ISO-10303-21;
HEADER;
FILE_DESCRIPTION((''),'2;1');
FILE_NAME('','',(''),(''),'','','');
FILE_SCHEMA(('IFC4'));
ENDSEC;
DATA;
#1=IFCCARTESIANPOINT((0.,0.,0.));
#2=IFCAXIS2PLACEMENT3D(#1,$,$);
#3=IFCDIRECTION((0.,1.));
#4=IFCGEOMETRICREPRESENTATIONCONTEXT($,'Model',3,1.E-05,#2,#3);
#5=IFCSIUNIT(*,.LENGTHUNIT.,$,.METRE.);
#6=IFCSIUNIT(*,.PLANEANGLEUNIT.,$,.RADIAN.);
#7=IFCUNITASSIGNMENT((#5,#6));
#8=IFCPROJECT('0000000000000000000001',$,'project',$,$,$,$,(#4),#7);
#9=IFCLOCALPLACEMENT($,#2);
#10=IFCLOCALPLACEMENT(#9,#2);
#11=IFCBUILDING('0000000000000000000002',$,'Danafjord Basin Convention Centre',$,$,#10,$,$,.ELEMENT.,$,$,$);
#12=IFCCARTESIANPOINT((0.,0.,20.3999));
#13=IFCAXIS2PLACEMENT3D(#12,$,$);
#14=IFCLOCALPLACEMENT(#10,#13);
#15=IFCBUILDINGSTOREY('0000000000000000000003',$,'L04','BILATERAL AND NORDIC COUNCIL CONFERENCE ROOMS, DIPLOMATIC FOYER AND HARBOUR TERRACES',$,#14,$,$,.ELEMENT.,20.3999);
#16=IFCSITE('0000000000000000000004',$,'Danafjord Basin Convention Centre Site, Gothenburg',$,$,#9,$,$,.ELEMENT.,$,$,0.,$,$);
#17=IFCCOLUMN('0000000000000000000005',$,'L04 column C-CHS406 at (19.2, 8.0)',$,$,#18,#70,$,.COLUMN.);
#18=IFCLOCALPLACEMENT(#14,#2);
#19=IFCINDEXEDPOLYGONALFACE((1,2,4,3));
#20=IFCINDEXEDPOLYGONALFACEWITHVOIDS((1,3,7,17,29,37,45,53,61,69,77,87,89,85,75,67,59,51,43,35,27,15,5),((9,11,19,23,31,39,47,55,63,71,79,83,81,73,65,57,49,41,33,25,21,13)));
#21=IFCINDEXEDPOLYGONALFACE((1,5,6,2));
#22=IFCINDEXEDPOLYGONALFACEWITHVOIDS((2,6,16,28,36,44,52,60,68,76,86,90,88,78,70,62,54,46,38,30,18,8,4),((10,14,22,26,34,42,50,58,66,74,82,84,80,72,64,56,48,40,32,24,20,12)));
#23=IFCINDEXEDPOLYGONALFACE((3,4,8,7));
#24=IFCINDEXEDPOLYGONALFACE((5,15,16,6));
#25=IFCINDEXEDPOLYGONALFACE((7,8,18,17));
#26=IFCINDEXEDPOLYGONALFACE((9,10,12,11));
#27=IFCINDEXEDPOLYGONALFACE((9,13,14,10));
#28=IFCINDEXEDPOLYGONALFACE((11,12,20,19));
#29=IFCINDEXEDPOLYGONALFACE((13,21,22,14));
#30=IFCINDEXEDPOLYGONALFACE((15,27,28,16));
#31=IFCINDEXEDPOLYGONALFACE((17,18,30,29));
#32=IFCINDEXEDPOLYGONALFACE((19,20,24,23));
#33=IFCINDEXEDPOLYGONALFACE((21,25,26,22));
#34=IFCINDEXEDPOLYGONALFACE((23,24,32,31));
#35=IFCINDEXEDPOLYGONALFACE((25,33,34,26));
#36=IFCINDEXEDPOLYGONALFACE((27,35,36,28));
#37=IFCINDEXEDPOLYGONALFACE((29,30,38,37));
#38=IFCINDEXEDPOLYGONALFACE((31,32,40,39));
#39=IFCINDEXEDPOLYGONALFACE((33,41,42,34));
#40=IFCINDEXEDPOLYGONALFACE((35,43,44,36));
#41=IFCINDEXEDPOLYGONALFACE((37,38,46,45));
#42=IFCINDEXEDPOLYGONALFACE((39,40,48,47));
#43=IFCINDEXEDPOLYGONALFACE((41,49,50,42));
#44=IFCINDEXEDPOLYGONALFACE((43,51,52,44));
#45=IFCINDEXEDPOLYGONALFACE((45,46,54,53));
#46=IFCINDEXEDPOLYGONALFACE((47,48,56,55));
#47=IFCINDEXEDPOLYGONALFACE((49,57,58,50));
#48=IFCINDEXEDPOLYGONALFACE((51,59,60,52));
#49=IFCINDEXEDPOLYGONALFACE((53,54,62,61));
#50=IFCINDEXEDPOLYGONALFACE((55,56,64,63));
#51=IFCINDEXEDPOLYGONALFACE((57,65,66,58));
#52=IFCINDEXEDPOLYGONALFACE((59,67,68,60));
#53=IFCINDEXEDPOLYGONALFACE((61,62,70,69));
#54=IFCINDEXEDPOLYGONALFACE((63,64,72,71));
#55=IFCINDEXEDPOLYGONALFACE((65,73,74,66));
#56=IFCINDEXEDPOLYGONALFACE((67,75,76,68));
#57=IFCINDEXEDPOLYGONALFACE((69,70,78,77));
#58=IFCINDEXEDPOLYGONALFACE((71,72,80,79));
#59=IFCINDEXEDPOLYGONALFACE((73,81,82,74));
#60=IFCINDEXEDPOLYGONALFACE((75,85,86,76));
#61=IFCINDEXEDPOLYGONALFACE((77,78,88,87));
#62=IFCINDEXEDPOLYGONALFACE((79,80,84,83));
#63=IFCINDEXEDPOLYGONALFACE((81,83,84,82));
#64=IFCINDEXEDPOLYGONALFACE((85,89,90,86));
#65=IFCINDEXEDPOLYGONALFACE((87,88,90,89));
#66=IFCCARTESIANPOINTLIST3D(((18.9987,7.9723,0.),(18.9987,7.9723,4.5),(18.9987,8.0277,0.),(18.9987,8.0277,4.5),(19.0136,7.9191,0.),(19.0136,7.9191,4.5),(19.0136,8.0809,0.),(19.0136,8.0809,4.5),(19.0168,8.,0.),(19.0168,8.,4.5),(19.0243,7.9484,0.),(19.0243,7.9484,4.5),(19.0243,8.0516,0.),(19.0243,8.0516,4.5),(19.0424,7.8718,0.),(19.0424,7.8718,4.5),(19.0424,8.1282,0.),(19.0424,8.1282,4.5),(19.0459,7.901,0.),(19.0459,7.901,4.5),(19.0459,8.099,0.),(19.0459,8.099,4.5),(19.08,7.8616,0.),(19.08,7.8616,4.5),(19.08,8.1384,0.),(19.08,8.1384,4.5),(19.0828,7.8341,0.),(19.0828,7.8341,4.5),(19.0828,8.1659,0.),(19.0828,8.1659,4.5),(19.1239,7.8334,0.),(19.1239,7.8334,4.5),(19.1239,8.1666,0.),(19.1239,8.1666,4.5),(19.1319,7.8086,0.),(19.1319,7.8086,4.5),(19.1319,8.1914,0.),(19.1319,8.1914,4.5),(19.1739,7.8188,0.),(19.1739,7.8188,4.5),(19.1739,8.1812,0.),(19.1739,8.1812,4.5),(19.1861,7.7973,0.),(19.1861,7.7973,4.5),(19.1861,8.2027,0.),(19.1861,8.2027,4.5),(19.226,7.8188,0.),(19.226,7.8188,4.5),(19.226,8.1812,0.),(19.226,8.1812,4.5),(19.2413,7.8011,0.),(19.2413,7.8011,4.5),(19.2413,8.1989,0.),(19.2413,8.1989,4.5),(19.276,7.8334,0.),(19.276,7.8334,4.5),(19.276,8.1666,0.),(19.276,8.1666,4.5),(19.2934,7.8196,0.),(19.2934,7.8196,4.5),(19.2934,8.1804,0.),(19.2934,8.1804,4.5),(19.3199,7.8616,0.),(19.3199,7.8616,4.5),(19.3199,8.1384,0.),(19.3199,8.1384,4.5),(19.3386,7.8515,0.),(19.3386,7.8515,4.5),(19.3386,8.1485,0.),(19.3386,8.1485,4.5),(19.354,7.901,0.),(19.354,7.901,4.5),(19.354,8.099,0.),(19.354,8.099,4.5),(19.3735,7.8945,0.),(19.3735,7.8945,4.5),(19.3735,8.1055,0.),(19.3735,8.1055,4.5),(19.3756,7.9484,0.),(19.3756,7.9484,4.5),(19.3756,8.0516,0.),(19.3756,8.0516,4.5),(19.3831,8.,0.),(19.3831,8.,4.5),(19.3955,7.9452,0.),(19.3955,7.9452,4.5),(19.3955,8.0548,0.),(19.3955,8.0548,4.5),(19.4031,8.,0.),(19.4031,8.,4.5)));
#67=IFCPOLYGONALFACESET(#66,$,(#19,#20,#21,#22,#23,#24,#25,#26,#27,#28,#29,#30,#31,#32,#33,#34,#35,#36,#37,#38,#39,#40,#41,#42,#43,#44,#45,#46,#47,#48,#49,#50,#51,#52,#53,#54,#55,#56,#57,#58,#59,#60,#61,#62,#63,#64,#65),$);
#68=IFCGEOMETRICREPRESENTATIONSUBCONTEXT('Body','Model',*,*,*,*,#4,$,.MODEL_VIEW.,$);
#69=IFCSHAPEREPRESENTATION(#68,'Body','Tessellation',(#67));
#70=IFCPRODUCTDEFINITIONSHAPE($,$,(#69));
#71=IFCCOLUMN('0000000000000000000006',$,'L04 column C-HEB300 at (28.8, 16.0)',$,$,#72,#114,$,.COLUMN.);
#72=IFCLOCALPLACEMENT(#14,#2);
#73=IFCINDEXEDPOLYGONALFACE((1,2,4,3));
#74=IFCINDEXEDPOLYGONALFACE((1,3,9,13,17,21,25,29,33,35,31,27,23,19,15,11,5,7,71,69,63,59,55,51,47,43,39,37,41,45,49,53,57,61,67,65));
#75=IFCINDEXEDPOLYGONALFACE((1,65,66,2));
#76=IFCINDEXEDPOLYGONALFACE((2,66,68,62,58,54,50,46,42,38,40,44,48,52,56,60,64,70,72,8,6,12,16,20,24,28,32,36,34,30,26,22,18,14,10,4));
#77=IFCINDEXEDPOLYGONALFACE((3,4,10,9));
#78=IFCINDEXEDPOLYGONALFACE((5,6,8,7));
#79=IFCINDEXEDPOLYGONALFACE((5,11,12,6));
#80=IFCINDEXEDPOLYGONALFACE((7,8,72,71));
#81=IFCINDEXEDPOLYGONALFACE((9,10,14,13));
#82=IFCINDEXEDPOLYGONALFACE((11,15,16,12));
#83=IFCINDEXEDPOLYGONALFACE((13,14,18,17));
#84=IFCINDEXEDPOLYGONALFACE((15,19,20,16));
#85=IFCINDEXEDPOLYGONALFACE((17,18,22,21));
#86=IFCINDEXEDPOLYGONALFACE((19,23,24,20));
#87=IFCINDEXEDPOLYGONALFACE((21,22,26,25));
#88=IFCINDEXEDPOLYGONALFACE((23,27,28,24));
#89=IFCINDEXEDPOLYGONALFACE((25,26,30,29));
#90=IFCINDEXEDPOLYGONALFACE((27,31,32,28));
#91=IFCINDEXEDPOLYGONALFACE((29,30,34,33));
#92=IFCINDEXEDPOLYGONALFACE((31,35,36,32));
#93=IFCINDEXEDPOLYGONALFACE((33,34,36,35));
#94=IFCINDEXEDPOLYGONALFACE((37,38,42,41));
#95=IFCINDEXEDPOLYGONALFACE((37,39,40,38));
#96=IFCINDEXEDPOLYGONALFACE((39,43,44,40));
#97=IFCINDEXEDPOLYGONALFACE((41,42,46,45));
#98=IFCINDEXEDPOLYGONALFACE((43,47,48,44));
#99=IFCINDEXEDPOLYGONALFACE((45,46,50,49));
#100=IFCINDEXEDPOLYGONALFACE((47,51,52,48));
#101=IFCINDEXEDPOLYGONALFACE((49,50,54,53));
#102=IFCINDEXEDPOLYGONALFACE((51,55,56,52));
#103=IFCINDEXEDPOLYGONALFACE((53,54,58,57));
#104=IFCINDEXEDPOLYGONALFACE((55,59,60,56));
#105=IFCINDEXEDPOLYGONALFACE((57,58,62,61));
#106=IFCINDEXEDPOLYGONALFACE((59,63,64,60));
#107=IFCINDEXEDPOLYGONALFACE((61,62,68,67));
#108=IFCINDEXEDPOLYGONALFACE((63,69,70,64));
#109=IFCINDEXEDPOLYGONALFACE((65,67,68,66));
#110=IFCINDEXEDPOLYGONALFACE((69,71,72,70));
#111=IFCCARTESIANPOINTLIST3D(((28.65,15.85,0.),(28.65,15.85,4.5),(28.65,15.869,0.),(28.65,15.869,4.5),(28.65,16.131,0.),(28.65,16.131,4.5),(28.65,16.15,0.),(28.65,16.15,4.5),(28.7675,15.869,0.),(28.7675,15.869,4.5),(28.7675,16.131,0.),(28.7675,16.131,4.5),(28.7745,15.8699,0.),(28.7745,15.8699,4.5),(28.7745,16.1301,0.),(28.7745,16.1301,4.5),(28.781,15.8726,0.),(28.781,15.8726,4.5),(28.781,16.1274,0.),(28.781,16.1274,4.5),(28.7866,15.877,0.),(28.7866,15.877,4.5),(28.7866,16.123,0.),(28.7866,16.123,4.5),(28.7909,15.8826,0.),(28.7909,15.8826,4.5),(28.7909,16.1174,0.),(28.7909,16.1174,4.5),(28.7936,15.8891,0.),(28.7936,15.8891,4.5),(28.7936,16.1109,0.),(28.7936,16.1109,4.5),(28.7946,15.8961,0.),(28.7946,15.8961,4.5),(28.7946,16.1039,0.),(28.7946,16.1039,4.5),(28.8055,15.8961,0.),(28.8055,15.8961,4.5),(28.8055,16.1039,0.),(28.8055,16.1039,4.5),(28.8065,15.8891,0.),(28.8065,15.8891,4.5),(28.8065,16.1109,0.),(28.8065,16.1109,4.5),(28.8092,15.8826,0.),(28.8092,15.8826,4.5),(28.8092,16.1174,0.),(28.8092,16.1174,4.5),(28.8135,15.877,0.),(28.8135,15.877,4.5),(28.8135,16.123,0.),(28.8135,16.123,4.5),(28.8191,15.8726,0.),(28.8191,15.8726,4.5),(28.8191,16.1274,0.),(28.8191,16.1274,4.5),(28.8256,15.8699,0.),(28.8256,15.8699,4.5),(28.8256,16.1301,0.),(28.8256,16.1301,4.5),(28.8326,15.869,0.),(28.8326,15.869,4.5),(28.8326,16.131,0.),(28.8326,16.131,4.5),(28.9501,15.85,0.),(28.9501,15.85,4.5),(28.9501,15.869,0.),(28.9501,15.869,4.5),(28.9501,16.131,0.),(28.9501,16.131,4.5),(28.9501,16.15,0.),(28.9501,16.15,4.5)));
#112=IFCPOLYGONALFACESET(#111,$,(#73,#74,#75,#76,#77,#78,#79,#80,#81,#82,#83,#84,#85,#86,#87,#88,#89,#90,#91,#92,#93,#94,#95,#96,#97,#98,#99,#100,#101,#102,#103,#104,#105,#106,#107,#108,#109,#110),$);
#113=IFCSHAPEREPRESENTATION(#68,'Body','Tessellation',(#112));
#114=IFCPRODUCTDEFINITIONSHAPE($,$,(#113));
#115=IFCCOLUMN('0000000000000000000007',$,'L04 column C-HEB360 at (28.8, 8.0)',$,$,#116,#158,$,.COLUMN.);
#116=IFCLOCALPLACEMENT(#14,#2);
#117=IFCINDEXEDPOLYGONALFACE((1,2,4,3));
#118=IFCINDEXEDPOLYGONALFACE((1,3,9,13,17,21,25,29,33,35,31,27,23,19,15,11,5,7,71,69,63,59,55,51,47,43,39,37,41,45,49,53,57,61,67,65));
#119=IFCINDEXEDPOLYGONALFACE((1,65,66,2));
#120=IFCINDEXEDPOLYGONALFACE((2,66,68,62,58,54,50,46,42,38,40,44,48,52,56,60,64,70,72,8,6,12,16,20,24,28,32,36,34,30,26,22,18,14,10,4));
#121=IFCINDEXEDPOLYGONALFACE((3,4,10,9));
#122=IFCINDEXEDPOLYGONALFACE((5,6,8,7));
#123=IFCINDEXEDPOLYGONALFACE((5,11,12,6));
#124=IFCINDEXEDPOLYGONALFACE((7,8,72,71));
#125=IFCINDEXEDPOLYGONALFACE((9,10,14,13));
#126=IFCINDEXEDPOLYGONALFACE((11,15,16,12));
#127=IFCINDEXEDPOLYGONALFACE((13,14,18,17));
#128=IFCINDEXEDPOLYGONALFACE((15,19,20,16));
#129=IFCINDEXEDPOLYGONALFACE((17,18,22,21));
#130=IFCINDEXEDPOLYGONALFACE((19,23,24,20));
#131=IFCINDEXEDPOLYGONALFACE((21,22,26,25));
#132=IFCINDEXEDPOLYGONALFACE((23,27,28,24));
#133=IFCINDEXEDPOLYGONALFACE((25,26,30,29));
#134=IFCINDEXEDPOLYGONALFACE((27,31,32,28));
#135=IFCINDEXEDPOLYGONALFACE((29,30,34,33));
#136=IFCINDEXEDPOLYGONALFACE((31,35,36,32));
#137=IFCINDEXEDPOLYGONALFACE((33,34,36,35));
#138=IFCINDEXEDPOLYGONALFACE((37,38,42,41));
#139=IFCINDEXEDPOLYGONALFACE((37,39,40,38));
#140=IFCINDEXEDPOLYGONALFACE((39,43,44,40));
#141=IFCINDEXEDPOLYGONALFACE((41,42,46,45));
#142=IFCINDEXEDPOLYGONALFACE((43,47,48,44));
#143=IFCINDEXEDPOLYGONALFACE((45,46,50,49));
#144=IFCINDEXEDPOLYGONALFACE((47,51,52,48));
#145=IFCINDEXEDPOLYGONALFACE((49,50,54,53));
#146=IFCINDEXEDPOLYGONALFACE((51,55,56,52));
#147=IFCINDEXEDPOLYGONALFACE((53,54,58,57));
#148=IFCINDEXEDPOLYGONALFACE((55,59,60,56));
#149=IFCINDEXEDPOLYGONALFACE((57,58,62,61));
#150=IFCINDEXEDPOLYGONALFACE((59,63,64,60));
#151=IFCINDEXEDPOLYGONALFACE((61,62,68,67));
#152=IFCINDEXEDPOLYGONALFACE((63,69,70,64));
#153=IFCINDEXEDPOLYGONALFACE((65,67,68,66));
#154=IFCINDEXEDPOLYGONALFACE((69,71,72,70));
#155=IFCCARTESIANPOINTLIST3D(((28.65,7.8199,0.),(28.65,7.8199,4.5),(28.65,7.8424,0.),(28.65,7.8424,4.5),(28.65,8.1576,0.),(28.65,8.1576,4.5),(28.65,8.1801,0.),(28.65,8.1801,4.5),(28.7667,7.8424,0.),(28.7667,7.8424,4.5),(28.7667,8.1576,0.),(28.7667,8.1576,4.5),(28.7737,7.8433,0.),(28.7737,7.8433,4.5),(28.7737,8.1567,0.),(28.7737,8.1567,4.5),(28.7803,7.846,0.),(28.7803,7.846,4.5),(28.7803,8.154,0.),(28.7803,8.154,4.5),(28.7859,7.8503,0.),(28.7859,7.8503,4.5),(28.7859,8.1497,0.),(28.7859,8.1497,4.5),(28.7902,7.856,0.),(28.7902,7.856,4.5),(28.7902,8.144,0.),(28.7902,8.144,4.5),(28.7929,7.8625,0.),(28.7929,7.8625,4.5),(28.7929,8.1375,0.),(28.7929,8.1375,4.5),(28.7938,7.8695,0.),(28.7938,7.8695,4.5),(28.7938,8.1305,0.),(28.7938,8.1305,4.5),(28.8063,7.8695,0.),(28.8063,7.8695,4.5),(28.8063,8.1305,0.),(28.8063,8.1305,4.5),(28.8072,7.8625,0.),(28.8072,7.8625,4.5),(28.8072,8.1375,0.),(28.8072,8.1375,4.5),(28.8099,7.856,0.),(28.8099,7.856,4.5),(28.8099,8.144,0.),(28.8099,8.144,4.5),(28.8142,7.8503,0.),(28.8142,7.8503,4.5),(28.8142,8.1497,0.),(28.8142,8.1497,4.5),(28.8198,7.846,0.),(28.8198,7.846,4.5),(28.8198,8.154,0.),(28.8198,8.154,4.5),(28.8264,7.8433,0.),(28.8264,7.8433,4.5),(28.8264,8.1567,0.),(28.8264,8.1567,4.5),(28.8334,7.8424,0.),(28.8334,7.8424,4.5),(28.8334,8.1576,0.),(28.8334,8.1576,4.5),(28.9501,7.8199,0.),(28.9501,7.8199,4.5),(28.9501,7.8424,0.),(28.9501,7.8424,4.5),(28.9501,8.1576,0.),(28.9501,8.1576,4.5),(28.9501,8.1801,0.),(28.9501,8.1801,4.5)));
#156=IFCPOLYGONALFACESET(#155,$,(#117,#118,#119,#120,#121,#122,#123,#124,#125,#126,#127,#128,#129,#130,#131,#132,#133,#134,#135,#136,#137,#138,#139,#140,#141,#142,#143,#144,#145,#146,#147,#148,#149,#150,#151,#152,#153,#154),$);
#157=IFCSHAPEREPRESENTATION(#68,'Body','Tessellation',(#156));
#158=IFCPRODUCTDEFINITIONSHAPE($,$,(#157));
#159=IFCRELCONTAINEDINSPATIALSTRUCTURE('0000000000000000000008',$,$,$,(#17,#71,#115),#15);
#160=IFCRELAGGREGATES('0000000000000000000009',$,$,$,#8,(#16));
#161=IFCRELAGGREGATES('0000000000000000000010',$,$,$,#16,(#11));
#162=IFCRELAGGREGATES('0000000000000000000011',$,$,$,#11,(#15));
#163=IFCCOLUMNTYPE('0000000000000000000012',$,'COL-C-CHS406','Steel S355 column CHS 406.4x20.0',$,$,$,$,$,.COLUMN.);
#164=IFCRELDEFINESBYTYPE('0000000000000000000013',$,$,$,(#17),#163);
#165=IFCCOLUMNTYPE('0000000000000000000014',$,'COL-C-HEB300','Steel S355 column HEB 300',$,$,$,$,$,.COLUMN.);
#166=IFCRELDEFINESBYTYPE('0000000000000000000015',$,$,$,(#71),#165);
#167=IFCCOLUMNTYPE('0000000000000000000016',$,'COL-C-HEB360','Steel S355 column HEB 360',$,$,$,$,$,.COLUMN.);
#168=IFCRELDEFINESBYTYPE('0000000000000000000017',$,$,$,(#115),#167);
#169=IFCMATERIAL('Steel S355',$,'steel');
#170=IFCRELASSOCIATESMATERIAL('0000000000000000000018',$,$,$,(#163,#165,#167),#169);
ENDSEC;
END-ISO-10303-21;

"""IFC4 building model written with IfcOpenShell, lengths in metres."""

from ifc_helpers import new_model, si_unit, direction, frame, origin, origin_2d, place, context, subcontext, project, spatial, hollow_circle, i_section, extrude, material, material_profile, profile_set, type_object, element, save


model = new_model("IFC4")

# Units and contexts
model_context = context("Model", 3, precision=1e-05, world=origin(), true_north=direction((0.0, 1.0)))
body_context = subcontext(model_context, "Body", "Model", "MODEL_VIEW")
ifc_project = project(units=[si_unit("LENGTHUNIT", "METRE"), si_unit("PLANEANGLEUNIT", "RADIAN")], contexts=[model_context])

# Site, building, storey
site_placement = place(None, origin())
site = spatial("IfcSite", under=ifc_project, at=site_placement, Name="Danafjord Basin Convention Centre Site, Gothenburg", CompositionType="ELEMENT", RefElevation=0.0)
building_placement = place(site_placement, origin())
building = spatial("IfcBuilding", under=site, at=building_placement, Name="Danafjord Basin Convention Centre", CompositionType="ELEMENT")
storey_placement = place(building_placement, frame((0.0, 0.0, 20.3999)))
storey = spatial("IfcBuildingStorey", under=building, at=storey_placement, Name="L04", Description="BILATERAL AND NORDIC COUNCIL CONFERENCE ROOMS, DIPLOMATIC FOYER AND HARBOUR TERRACES", CompositionType="ELEMENT", Elevation=20.3999)

# Columns
ifc_material_1 = material(Name="Steel S355", Category="steel")
ifc_material_profile_1 = material_profile(ifc_material_1, hollow_circle(Radius=0.2031, WallThickness=0.02, at=origin_2d()), Name="CHS 406.4x20.0")
ifc_profile_set_1 = profile_set([ifc_material_profile_1], Name="Steel S355")
column_type_1 = type_object("IfcColumnType", Name="COL-C-CHS406", Description="Steel S355 column CHS 406.4x20.0", PredefinedType="COLUMN", material=ifc_profile_set_1)
column_1_placement = place(storey_placement, frame((19.2, 8.0, 0.0), z_axis=(0.0, 0.0, 1.0), x_axis=(1.0, 0.0, 0.0)))
element("IfcColumn", 1, at=column_1_placement, inside=storey, type_object=column_type_1, Name="L04 column C-CHS406 at (19.2, 8.0)", PredefinedType="COLUMN", context=body_context, shape_type="SweptSolid", body=[
    extrude(hollow_circle(Radius=0.2031, WallThickness=0.02, at=origin_2d()), origin(), (0.0, 0.0, 1.0), 4.5),
])
ifc_material_profile_2 = material_profile(ifc_material_1, i_section(OverallWidth=0.3, OverallDepth=0.3, WebThickness=0.011, FlangeThickness=0.019, FilletRadius=0.0271, at=origin_2d()), Name="HEB 300")
ifc_profile_set_2 = profile_set([ifc_material_profile_2], Name="Steel S355")
column_type_2 = type_object("IfcColumnType", Name="COL-C-HEB300", Description="Steel S355 column HEB 300", PredefinedType="COLUMN", material=ifc_profile_set_2)
column_2_placement = place(storey_placement, frame((28.8, 16.0, 0.0), z_axis=(0.0, 0.0, 1.0), x_axis=(1.0, 0.0, 0.0)))
element("IfcColumn", 2, at=column_2_placement, inside=storey, type_object=column_type_2, Name="L04 column C-HEB300 at (28.8, 16.0)", PredefinedType="COLUMN", context=body_context, shape_type="SweptSolid", body=[
    extrude(i_section(OverallWidth=0.3, OverallDepth=0.3, WebThickness=0.011, FlangeThickness=0.019, FilletRadius=0.0271, at=origin_2d()), origin(), (0.0, 0.0, 1.0), 4.5),
])
ifc_material_profile_3 = material_profile(ifc_material_1, i_section(OverallWidth=0.3, OverallDepth=0.3601, WebThickness=0.0125, FlangeThickness=0.0225, FilletRadius=0.0271, at=origin_2d()), Name="HEB 360")
ifc_profile_set_3 = profile_set([ifc_material_profile_3], Name="Steel S355")
column_type_3 = type_object("IfcColumnType", Name="COL-C-HEB360", Description="Steel S355 column HEB 360", PredefinedType="COLUMN", material=ifc_profile_set_3)
column_3_placement = place(storey_placement, frame((28.8, 8.0, 0.0), z_axis=(0.0, 0.0, 1.0), x_axis=(1.0, 0.0, 0.0)))
element("IfcColumn", 3, at=column_3_placement, inside=storey, type_object=column_type_3, Name="L04 column C-HEB360 at (28.8, 8.0)", PredefinedType="COLUMN", context=body_context, shape_type="SweptSolid", body=[
    extrude(i_section(OverallWidth=0.3, OverallDepth=0.3601, WebThickness=0.0125, FlangeThickness=0.0225, FilletRadius=0.0271, at=origin_2d()), origin(), (0.0, 0.0, 1.0), 4.5),
])

save(model, "model.ifc")
